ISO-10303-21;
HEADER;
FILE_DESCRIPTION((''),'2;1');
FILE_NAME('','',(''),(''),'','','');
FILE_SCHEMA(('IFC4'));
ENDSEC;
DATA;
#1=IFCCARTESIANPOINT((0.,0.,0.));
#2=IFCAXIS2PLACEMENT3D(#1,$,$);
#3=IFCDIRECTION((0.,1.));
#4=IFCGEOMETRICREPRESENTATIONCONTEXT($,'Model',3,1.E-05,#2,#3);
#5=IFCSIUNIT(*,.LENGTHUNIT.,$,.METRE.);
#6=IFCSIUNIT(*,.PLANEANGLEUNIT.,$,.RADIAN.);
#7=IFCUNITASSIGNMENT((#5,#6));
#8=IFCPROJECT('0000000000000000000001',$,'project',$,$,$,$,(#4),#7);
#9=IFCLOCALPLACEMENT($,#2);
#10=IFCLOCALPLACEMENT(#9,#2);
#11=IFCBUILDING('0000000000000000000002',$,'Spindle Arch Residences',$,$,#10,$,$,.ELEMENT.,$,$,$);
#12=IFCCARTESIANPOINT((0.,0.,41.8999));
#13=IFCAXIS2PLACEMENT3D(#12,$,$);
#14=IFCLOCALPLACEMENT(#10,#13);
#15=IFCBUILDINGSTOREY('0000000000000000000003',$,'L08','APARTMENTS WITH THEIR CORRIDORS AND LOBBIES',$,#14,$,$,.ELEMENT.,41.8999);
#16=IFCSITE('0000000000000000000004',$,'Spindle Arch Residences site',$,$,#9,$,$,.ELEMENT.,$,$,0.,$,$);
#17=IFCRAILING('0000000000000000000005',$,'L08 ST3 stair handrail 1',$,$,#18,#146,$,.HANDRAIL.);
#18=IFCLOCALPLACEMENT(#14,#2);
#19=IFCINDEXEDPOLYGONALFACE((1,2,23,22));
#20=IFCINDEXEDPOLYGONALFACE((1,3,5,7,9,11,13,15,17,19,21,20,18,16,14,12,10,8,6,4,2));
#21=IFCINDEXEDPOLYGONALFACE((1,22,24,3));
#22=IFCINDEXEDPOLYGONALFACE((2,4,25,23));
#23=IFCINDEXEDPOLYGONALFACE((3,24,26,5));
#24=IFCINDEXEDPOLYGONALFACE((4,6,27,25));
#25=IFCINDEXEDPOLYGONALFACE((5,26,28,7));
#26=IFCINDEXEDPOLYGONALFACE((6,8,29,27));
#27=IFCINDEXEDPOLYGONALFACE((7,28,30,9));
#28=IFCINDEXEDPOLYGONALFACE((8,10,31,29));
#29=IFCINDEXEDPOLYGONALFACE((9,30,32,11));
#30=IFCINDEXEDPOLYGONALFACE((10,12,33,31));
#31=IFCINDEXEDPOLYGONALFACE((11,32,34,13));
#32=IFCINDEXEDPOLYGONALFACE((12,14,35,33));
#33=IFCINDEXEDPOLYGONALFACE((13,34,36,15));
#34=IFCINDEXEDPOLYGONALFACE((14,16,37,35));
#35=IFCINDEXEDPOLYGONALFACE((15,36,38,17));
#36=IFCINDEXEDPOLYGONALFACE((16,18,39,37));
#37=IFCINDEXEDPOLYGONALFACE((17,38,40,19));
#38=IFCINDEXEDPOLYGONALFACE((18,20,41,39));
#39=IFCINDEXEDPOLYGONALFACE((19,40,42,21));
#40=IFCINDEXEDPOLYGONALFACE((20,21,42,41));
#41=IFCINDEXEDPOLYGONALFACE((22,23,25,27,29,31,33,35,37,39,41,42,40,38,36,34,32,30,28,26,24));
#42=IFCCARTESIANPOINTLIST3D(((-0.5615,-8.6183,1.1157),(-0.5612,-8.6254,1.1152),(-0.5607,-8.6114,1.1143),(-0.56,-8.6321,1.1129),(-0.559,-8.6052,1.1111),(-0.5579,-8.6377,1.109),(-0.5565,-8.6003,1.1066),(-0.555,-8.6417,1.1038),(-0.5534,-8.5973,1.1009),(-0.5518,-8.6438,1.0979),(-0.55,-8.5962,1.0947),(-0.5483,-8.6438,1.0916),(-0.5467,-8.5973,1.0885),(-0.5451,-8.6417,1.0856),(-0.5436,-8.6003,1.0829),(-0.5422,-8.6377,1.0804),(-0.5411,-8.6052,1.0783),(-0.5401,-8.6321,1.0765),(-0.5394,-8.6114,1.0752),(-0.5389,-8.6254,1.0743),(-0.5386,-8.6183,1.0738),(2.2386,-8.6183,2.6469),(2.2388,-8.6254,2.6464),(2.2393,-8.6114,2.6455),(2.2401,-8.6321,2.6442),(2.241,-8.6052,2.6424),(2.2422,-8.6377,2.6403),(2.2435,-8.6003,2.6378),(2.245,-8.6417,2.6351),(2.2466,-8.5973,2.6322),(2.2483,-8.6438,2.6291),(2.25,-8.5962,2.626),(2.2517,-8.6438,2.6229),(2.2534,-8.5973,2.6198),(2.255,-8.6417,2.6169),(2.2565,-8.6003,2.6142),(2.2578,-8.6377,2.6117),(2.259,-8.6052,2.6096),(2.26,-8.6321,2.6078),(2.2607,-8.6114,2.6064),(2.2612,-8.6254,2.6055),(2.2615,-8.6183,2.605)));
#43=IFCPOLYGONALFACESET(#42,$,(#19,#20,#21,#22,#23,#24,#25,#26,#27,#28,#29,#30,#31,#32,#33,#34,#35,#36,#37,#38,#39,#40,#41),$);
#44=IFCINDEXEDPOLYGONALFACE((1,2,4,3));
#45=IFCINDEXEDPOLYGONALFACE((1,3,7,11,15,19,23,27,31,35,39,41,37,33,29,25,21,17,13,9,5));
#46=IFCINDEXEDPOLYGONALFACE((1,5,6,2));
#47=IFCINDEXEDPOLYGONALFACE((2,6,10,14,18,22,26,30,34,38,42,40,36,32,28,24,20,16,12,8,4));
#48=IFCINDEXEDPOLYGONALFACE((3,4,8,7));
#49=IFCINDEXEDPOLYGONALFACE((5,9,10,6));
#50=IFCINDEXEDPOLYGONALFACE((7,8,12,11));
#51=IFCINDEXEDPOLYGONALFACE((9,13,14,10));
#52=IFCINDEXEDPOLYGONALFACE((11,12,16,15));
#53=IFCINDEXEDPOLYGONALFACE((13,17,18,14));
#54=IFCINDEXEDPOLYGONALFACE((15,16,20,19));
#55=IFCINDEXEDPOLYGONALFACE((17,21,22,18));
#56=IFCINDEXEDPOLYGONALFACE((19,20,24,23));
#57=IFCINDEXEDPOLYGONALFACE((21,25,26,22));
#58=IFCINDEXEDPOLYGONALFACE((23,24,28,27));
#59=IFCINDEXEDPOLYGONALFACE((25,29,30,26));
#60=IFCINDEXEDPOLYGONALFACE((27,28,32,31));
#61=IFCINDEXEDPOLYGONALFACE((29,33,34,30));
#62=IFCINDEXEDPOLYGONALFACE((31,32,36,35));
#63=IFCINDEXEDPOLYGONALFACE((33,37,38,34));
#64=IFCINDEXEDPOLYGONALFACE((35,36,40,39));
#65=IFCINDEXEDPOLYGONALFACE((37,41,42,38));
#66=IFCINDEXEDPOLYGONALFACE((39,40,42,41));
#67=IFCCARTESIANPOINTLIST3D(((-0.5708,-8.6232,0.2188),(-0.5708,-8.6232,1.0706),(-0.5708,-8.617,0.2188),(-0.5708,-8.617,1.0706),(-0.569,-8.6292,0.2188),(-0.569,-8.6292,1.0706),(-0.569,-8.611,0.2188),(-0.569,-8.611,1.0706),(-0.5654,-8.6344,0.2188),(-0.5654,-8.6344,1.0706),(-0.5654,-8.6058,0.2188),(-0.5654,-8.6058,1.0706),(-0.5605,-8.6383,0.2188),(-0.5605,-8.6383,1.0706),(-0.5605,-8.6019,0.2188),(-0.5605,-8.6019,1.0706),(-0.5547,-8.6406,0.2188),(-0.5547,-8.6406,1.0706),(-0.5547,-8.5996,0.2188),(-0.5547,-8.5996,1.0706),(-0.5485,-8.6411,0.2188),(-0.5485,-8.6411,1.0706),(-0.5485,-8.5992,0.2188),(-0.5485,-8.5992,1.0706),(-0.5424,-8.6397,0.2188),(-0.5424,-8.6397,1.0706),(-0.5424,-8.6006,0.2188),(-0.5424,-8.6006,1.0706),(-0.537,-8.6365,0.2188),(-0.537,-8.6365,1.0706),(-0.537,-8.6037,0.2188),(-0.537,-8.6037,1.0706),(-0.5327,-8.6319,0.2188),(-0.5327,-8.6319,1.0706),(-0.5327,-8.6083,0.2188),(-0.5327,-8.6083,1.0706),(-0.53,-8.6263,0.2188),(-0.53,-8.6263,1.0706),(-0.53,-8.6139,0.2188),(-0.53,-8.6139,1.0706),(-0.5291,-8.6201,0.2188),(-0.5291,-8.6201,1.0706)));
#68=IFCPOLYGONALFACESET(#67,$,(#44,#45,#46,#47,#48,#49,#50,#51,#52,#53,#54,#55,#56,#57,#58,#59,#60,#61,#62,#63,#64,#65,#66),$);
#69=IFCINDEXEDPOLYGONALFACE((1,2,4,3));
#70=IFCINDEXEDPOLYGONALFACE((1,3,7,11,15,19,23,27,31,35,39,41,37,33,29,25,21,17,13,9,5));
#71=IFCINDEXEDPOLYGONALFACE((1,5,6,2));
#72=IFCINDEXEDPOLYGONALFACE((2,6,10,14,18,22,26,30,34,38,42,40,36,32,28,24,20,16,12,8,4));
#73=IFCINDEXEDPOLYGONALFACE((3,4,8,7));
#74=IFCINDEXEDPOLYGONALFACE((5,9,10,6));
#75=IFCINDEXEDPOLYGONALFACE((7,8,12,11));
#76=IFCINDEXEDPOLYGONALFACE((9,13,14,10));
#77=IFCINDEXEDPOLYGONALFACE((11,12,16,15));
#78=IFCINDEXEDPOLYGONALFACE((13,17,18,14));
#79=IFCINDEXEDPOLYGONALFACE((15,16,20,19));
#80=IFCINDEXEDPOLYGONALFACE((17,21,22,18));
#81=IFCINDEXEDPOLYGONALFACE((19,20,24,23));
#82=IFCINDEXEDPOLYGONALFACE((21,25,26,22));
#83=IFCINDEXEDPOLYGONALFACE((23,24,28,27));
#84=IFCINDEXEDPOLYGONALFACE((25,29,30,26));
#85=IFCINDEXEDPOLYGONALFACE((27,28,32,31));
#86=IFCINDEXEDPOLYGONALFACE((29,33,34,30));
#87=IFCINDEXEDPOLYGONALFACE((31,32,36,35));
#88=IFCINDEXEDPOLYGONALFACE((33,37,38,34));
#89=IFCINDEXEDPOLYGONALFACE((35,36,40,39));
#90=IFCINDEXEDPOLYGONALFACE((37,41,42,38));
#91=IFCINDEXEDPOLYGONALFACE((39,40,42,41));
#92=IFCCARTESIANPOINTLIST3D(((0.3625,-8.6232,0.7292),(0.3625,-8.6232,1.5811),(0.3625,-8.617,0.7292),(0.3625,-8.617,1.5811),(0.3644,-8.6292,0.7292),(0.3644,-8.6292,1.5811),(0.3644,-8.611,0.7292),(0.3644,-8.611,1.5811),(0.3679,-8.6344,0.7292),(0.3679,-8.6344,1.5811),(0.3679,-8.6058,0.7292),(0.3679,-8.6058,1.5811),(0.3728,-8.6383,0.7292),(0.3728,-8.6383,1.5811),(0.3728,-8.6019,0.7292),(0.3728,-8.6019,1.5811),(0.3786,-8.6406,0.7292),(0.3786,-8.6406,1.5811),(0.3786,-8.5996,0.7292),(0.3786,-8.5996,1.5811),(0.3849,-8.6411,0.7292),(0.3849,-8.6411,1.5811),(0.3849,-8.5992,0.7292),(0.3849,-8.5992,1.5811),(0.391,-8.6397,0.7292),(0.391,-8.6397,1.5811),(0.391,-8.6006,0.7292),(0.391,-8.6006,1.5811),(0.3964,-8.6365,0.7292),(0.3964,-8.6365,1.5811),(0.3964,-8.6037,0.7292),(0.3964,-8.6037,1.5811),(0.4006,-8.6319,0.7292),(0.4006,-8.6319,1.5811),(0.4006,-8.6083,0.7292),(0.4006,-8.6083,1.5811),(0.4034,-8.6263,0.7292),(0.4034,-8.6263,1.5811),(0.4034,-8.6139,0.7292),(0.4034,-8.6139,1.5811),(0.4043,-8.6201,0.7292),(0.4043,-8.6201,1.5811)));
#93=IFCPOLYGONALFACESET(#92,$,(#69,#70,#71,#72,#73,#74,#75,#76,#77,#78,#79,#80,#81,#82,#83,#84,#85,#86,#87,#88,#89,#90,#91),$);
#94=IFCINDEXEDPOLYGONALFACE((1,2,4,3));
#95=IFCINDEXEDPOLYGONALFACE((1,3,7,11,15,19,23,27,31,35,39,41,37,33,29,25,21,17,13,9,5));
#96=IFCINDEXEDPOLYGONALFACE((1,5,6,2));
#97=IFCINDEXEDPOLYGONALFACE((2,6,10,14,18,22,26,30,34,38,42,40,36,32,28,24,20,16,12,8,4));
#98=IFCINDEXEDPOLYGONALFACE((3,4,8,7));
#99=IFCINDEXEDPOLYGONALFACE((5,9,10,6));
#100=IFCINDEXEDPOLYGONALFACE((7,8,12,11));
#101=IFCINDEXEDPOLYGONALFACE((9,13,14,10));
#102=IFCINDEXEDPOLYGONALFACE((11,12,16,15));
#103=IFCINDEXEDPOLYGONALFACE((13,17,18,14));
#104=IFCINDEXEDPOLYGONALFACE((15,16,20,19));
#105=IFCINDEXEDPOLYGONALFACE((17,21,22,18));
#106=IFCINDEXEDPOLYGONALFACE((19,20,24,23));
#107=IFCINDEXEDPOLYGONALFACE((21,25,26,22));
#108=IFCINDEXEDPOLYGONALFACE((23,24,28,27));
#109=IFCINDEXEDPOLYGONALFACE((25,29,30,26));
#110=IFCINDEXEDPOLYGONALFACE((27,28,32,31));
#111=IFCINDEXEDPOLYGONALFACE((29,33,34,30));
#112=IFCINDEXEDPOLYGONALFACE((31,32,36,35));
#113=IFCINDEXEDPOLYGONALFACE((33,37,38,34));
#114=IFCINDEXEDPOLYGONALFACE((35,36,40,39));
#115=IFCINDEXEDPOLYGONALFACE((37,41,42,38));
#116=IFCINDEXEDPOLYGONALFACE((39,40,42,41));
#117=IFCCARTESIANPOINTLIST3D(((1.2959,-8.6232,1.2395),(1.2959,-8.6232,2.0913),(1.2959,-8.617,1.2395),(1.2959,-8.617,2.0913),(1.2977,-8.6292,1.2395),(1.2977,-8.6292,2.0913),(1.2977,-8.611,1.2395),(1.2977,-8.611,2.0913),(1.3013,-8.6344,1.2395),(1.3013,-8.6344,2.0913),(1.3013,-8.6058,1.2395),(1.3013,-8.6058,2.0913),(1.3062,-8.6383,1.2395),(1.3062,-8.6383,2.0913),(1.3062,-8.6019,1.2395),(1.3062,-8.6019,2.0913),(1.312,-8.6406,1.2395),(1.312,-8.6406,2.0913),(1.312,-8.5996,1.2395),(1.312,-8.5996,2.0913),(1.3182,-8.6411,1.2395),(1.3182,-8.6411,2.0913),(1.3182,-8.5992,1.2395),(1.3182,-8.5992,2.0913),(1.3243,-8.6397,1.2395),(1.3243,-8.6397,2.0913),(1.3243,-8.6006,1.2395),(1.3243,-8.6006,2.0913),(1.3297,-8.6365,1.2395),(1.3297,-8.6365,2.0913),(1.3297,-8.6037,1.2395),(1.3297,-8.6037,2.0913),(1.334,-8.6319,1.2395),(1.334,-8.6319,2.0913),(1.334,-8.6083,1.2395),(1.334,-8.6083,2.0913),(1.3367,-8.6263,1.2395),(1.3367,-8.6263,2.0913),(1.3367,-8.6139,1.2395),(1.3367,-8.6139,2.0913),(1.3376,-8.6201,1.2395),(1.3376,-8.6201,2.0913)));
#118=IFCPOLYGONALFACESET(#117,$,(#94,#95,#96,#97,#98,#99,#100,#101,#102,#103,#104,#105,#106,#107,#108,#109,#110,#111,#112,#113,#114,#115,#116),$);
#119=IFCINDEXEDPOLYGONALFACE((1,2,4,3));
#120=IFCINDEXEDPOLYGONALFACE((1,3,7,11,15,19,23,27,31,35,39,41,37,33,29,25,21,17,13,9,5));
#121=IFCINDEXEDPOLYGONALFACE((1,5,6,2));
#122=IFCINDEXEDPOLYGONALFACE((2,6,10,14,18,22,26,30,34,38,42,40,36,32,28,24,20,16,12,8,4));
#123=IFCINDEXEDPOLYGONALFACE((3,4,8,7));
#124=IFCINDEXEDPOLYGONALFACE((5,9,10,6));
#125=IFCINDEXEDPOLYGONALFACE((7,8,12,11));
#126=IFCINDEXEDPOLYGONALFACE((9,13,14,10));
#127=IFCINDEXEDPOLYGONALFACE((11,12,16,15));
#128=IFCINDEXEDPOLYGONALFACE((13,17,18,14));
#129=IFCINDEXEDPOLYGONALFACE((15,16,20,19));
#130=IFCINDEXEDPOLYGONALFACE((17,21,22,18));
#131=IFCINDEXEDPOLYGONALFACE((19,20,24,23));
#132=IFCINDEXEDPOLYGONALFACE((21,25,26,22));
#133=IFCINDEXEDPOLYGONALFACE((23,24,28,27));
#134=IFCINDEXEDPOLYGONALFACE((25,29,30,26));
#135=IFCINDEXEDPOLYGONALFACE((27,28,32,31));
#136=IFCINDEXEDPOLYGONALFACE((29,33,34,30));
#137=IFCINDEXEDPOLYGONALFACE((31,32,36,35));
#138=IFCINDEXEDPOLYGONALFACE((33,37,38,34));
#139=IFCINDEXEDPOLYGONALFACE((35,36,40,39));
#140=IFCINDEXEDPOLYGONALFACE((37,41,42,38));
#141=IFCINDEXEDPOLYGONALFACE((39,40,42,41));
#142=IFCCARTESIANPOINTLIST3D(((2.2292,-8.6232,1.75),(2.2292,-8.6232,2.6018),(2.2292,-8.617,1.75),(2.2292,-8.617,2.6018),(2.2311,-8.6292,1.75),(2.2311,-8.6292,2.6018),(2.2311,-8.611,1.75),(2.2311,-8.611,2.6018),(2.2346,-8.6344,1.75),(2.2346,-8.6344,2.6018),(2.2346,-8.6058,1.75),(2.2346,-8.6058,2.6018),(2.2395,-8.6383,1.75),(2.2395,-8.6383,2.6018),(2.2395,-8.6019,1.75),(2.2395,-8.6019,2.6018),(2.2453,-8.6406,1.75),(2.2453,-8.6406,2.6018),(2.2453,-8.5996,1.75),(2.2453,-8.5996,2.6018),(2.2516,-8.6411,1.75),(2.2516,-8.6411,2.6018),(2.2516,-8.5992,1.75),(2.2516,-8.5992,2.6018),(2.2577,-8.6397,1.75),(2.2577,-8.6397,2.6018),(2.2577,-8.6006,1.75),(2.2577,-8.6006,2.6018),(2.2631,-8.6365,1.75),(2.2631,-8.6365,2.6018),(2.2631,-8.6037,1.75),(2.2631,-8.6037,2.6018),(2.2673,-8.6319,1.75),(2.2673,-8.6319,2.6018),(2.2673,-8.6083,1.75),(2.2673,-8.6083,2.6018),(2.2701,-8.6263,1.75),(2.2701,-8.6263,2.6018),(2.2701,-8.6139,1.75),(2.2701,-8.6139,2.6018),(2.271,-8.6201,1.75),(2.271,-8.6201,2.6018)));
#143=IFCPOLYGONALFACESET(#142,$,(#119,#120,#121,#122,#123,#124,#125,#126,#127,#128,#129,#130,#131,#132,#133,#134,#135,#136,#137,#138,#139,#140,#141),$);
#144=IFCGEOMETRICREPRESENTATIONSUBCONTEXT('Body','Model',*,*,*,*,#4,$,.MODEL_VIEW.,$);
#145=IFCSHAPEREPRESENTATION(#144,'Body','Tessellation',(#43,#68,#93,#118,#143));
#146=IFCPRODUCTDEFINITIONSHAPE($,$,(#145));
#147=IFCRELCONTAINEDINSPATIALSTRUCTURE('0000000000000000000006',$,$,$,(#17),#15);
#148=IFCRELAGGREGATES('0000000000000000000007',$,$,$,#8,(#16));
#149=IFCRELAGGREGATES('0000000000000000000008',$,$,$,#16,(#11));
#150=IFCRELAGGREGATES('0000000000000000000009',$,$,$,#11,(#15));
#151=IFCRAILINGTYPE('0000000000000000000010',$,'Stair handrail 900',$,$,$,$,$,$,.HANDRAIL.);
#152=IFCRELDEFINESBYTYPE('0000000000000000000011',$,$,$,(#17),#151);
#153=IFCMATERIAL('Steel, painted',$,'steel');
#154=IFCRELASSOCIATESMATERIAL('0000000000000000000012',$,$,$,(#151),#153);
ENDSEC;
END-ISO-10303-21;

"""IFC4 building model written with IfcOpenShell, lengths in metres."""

from ifc_helpers import new_model, si_unit, direction, frame, origin, origin_2d, place, context, subcontext, project, spatial, circle, extrude, material, type_object, element, save


model = new_model("IFC4")

# Units and contexts
model_context = context("Model", 3, precision=1e-05, world=origin(), true_north=direction((0.0, 1.0)))
body_context = subcontext(model_context, "Body", "Model", "MODEL_VIEW")
ifc_project = project(units=[si_unit("LENGTHUNIT", "METRE"), si_unit("PLANEANGLEUNIT", "RADIAN")], contexts=[model_context])

# Site, building, storey
site_placement = place(None, origin())
site = spatial("IfcSite", under=ifc_project, at=site_placement, Name="Spindle Arch Residences site", CompositionType="ELEMENT", RefElevation=0.0)
building_placement = place(site_placement, origin())
building = spatial("IfcBuilding", under=site, at=building_placement, Name="Spindle Arch Residences", CompositionType="ELEMENT")
storey_placement = place(building_placement, frame((0.0, 0.0, 41.8999)))
storey = spatial("IfcBuildingStorey", under=building, at=storey_placement, Name="L08", Description="APARTMENTS WITH THEIR CORRIDORS AND LOBBIES", CompositionType="ELEMENT", Elevation=41.8999)

# Railing
ifc_material_1 = material(Name="Steel, painted", Category="steel")
railing_type_1 = type_object("IfcRailingType", Name="Stair handrail 900", PredefinedType="HANDRAIL", material=ifc_material_1)
railing_1_placement = place(storey_placement, frame((-0.55, -8.6201, 0.2188)))
element("IfcRailing", 1, at=railing_1_placement, inside=storey, type_object=railing_type_1, Name="L08 ST3 stair handrail 1", PredefinedType="HANDRAIL", context=body_context, shape_type="SweptSolid", body=[
    extrude(circle(Radius=0.0239, at=origin_2d()), frame((0.0, 0.0, 0.876), z_axis=(0.877375, 0.0, 0.479806), x_axis=(0.0, 1.0, 0.0)), (0.0, 0.0, 1.0), 3.1914),
    extrude(circle(Radius=0.021, at=origin_2d()), origin(), (0.0, 0.0, 1.0), 0.8518),
    extrude(circle(Radius=0.021, at=origin_2d()), frame((0.9333, 0.0, 0.5105)), (0.0, 0.0, 1.0), 0.8518),
    extrude(circle(Radius=0.021, at=origin_2d()), frame((1.8667, 0.0, 1.0208)), (0.0, 0.0, 1.0), 0.8518),
    extrude(circle(Radius=0.021, at=origin_2d()), frame((2.8, 0.0, 1.5312)), (0.0, 0.0, 1.0), 0.8518),
])

save(model, "model.ifc")
